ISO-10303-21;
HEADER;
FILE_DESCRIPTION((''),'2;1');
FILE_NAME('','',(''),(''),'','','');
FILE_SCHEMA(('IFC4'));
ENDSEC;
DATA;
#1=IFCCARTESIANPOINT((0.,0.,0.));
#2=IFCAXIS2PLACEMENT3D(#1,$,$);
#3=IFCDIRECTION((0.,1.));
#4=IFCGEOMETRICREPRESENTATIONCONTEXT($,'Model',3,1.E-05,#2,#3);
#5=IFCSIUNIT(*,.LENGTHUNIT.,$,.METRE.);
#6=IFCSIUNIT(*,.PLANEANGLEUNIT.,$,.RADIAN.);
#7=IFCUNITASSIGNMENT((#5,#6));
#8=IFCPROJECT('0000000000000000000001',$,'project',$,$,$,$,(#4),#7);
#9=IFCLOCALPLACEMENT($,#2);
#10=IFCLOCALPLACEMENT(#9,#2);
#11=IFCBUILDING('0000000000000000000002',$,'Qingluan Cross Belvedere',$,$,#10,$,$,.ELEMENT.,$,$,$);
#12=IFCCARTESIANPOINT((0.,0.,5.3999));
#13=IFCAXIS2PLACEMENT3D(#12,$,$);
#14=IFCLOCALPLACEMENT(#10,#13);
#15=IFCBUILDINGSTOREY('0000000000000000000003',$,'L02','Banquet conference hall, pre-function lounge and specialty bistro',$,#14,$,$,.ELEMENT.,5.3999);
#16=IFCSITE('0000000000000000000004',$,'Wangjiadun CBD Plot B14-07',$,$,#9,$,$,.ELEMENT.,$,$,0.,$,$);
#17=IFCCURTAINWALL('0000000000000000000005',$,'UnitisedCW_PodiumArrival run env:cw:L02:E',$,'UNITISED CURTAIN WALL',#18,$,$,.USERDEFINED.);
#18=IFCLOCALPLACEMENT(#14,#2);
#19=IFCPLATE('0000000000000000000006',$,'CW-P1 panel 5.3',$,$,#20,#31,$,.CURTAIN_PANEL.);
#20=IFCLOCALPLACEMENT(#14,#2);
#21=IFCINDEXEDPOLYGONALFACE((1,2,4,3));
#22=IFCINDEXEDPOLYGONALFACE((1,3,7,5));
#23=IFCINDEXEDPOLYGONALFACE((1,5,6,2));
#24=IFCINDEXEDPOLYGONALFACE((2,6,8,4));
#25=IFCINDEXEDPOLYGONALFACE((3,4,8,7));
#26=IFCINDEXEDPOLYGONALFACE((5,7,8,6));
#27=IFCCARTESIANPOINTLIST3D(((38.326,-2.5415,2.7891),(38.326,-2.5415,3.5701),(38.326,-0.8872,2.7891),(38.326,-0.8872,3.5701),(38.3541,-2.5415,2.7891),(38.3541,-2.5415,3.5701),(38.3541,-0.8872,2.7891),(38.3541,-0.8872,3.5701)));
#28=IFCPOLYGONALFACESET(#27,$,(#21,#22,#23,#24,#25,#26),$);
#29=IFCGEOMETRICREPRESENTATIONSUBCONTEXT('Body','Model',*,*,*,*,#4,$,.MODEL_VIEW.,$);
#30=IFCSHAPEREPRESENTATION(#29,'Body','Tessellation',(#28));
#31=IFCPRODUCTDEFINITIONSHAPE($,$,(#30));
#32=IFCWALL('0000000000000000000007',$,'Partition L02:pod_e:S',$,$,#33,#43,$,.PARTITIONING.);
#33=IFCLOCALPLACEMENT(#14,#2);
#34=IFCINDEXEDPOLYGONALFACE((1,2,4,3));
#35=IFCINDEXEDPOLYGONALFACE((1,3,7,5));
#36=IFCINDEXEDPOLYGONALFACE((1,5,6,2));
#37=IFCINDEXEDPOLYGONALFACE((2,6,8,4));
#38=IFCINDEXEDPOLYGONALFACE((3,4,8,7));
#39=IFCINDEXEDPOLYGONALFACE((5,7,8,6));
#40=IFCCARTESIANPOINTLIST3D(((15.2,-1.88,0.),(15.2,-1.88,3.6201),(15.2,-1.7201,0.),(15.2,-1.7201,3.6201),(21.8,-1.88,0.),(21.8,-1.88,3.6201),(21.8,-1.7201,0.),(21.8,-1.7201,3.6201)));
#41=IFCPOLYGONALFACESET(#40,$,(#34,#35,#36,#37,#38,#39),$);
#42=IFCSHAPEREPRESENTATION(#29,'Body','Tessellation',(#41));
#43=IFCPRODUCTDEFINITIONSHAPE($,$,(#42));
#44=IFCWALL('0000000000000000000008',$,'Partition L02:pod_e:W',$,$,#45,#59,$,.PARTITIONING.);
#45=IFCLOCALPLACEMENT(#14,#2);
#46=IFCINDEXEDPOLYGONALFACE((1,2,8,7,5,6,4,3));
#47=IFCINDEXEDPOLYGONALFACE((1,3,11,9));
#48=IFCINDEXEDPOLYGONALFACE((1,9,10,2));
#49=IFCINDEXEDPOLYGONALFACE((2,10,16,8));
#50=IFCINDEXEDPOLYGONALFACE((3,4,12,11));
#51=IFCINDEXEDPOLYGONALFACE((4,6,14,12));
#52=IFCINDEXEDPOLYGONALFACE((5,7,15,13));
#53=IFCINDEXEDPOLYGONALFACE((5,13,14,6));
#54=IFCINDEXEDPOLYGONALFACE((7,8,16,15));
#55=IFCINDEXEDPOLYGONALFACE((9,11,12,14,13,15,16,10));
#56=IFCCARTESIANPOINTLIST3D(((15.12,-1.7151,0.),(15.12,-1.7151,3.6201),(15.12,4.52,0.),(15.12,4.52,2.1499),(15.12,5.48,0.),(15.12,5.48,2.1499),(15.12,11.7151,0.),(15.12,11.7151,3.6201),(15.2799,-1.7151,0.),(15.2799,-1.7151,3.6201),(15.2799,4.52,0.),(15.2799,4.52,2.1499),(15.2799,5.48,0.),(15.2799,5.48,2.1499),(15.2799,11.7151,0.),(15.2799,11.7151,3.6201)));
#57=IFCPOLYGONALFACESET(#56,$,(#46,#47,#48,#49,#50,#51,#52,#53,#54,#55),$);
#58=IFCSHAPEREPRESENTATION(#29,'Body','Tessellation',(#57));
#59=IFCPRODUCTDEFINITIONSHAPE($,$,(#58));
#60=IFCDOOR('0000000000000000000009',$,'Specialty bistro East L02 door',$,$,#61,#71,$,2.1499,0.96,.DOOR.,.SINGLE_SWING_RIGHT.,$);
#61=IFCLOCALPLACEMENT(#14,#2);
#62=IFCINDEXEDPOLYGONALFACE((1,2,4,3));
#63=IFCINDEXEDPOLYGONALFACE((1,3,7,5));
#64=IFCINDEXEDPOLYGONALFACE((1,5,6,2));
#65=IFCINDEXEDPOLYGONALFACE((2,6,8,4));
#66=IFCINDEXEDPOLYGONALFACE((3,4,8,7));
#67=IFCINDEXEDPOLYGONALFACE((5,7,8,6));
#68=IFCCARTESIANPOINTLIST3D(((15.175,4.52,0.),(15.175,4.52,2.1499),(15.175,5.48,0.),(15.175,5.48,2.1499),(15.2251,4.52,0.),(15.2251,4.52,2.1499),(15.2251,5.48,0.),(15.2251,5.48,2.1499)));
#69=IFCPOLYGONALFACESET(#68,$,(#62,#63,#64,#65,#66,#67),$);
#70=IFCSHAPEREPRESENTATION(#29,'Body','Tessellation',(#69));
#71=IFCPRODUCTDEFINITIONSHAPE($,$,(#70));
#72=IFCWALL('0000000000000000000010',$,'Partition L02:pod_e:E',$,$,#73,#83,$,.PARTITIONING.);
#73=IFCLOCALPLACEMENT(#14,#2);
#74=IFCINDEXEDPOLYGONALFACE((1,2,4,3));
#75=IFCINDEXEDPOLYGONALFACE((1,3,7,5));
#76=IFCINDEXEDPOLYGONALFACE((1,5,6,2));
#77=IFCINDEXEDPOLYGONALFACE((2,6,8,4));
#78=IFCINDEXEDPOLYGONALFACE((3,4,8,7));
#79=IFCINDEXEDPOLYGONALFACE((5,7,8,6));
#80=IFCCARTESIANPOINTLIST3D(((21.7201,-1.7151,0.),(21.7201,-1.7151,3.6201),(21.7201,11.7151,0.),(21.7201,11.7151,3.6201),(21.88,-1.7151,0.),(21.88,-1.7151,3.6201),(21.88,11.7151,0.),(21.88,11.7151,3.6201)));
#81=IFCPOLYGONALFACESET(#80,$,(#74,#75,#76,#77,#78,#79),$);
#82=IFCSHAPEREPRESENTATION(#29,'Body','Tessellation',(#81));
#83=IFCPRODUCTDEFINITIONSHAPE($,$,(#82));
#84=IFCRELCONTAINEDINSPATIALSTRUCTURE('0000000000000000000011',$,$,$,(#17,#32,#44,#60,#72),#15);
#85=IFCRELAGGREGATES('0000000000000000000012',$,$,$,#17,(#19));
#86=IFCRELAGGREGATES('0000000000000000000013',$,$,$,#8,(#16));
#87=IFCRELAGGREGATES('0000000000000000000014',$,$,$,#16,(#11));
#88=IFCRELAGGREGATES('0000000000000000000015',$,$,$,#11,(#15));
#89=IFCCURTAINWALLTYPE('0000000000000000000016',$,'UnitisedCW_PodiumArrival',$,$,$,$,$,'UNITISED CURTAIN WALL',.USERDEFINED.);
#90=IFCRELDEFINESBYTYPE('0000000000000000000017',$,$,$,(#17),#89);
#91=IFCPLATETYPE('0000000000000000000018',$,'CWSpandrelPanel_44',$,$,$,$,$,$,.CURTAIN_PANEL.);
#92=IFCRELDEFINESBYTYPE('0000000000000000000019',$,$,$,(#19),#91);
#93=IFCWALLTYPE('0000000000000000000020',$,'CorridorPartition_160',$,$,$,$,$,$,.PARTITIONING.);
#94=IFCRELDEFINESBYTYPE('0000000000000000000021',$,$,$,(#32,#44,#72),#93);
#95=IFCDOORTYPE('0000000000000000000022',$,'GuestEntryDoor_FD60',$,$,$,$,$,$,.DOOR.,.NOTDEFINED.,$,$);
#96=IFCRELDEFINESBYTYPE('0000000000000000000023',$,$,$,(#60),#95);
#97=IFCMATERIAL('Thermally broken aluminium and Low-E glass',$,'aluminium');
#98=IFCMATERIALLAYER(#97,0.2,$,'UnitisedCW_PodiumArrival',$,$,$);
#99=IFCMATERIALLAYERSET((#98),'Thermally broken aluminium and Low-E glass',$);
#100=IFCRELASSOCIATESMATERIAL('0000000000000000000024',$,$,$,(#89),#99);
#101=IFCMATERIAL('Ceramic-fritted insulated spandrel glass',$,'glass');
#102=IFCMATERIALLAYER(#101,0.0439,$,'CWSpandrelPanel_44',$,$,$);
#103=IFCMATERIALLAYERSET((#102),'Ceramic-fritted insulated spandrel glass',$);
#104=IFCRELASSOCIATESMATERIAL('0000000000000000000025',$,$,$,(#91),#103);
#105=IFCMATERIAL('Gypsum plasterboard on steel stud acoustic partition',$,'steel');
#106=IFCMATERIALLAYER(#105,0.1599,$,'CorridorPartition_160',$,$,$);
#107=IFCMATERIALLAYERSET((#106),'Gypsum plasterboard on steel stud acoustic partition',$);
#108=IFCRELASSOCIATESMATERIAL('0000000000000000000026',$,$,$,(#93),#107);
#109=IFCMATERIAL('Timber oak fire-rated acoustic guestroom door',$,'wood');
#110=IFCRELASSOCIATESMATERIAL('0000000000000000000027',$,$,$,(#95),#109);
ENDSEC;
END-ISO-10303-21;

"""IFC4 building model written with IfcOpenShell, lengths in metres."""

from ifc_helpers import new_model, si_unit, direction, frame, frame_2d, origin, origin_2d, place, context, subcontext, project, spatial, rectangle, extrude, material, layer, layer_set, type_object, element, fill, aggregate, save


model = new_model("IFC4")

# Units and contexts
model_context = context("Model", 3, precision=1e-05, world=origin(), true_north=direction((0.0, 1.0)))
body_context = subcontext(model_context, "Body", "Model", "MODEL_VIEW")
ifc_project = project(units=[si_unit("LENGTHUNIT", "METRE"), si_unit("PLANEANGLEUNIT", "RADIAN")], contexts=[model_context])

# Site, building, storey
site_placement = place(None, origin())
site = spatial("IfcSite", under=ifc_project, at=site_placement, Name="Wangjiadun CBD Plot B14-07", CompositionType="ELEMENT", RefElevation=0.0)
building_placement = place(site_placement, origin())
building = spatial("IfcBuilding", under=site, at=building_placement, Name="Qingluan Cross Belvedere", CompositionType="ELEMENT")
storey_placement = place(building_placement, frame((0.0, 0.0, 5.3999)))
storey = spatial("IfcBuildingStorey", under=building, at=storey_placement, Name="L02", Description="Banquet conference hall, pre-function lounge and specialty bistro", CompositionType="ELEMENT", Elevation=5.3999)

# Curtain wall
ifc_material_1 = material(Name="Thermally broken aluminium and Low-E glass", Category="aluminium")
ifc_layer_1 = layer(ifc_material_1, 0.2, Name="UnitisedCW_PodiumArrival")
ifc_layer_set_1 = layer_set([ifc_layer_1], Name="Thermally broken aluminium and Low-E glass")
curtain_wall_type = type_object("IfcCurtainWallType", Name="UnitisedCW_PodiumArrival", ElementType="UNITISED CURTAIN WALL", PredefinedType="USERDEFINED", material=ifc_layer_set_1)
curtain_wall_placement = place(storey_placement, origin())
curtain_wall = element("IfcCurtainWall", 1, at=curtain_wall_placement, inside=storey, type_object=curtain_wall_type, Name="UnitisedCW_PodiumArrival run env:cw:L02:E", ObjectType="UNITISED CURTAIN WALL", PredefinedType="USERDEFINED")

# Plate
ifc_material_2 = material(Name="Ceramic-fritted insulated spandrel glass", Category="glass")
ifc_layer_2 = layer(ifc_material_2, 0.0439, Name="CWSpandrelPanel_44")
ifc_layer_set_2 = layer_set([ifc_layer_2], Name="Ceramic-fritted insulated spandrel glass")
plate_type = type_object("IfcPlateType", Name="CWSpandrelPanel_44", PredefinedType="CURTAIN_PANEL", material=ifc_layer_set_2)
plate_1_placement = place(storey_placement, frame((38.3401, -1.7144, 2.7891), z_axis=(0.0, 0.0, 1.0), x_axis=(0.0, -1.0, 0.0)))
plate_1 = element("IfcPlate", 2, at=plate_1_placement, type_object=plate_type, Name="CW-P1 panel 5.3", PredefinedType="CURTAIN_PANEL", context=body_context, shape_type="SweptSolid", body=[
    extrude(rectangle(XDim=1.6543, YDim=0.0281, at=origin_2d()), origin(), (0.0, 0.0, 1.0), 0.781),
])
aggregate(curtain_wall, [plate_1])

# Wall
ifc_material_3 = material(Name="Gypsum plasterboard on steel stud acoustic partition", Category="steel")
ifc_layer_3 = layer(ifc_material_3, 0.1599, Name="CorridorPartition_160")
ifc_layer_set_3 = layer_set([ifc_layer_3], Name="Gypsum plasterboard on steel stud acoustic partition")
wall_type = type_object("IfcWallType", Name="CorridorPartition_160", PredefinedType="PARTITIONING", material=ifc_layer_set_3)
wall_1_placement = place(storey_placement, frame((15.2, -1.8, 0.0), z_axis=(0.0, 0.0, 1.0), x_axis=(1.0, 0.0, 0.0)))
element("IfcWall", 3, at=wall_1_placement, inside=storey, type_object=wall_type, Name="Partition L02:pod_e:S", PredefinedType="PARTITIONING", context=body_context, shape_type="SweptSolid", body=[
    extrude(rectangle(XDim=6.6001, YDim=0.1599, at=frame_2d((3.3, 0.0))), origin(), (0.0, 0.0, 1.0), 3.6201),
])

# Wall, opening, door
wall_2_placement = place(storey_placement, frame((15.2, -1.7151, 0.0), z_axis=(0.0, 0.0, 1.0), x_axis=(0.0, 1.0, 0.0)))
wall_2 = element("IfcWall", 4, at=wall_2_placement, inside=storey, type_object=wall_type, Name="Partition L02:pod_e:W", PredefinedType="PARTITIONING", context=body_context, shape_type="SweptSolid", body=[
    extrude(rectangle(XDim=13.4302, YDim=0.1599, at=frame_2d((6.7151, 0.0))), origin(), (0.0, 0.0, 1.0), 3.6201),
])
opening_placement = place(wall_2_placement, frame((6.2351, 0.0, 0.0)))
opening = element("IfcOpeningElement", 5, at=opening_placement, cuts=wall_2, PredefinedType="OPENING", context=body_context, shape_type="SweptSolid", body=[
    extrude(rectangle(XDim=0.96, YDim=2.1499, at=frame_2d((0.48, 1.075))), frame((0.0, 0.0898, 0.0), z_axis=(0.0, -1.0, 0.0), x_axis=(1.0, 0.0, 0.0)), (0.0, 0.0, 1.0), 0.1799),
])
ifc_material_4 = material(Name="Timber oak fire-rated acoustic guestroom door", Category="wood")
door_type = type_object("IfcDoorType", Name="GuestEntryDoor_FD60", OperationType="NOTDEFINED", PredefinedType="DOOR", material=ifc_material_4)
door_placement = place(opening_placement, origin())
door = element("IfcDoor", 6, at=door_placement, inside=storey, type_object=door_type, Name="Specialty bistro East L02 door", OperationType="SINGLE_SWING_RIGHT", OverallHeight=2.1499, OverallWidth=0.96, PredefinedType="DOOR", context=body_context, shape_type="SweptSolid", body=[
    extrude(rectangle(XDim=0.96, YDim=2.1499, at=frame_2d((0.48, 1.075))), frame((0.0, 0.0249, 0.0), z_axis=(0.0, -1.0, 0.0), x_axis=(1.0, 0.0, 0.0)), (0.0, 0.0, 1.0), 0.05),
])
fill(opening, door)

# Wall
wall_3_placement = place(storey_placement, frame((21.8, -1.7151, 0.0), z_axis=(0.0, 0.0, 1.0), x_axis=(0.0, 1.0, 0.0)))
element("IfcWall", 7, at=wall_3_placement, inside=storey, type_object=wall_type, Name="Partition L02:pod_e:E", PredefinedType="PARTITIONING", context=body_context, shape_type="SweptSolid", body=[
    extrude(rectangle(XDim=13.4302, YDim=0.1599, at=frame_2d((6.7151, 0.0))), origin(), (0.0, 0.0, 1.0), 3.6201),
])

save(model, "model.ifc")
